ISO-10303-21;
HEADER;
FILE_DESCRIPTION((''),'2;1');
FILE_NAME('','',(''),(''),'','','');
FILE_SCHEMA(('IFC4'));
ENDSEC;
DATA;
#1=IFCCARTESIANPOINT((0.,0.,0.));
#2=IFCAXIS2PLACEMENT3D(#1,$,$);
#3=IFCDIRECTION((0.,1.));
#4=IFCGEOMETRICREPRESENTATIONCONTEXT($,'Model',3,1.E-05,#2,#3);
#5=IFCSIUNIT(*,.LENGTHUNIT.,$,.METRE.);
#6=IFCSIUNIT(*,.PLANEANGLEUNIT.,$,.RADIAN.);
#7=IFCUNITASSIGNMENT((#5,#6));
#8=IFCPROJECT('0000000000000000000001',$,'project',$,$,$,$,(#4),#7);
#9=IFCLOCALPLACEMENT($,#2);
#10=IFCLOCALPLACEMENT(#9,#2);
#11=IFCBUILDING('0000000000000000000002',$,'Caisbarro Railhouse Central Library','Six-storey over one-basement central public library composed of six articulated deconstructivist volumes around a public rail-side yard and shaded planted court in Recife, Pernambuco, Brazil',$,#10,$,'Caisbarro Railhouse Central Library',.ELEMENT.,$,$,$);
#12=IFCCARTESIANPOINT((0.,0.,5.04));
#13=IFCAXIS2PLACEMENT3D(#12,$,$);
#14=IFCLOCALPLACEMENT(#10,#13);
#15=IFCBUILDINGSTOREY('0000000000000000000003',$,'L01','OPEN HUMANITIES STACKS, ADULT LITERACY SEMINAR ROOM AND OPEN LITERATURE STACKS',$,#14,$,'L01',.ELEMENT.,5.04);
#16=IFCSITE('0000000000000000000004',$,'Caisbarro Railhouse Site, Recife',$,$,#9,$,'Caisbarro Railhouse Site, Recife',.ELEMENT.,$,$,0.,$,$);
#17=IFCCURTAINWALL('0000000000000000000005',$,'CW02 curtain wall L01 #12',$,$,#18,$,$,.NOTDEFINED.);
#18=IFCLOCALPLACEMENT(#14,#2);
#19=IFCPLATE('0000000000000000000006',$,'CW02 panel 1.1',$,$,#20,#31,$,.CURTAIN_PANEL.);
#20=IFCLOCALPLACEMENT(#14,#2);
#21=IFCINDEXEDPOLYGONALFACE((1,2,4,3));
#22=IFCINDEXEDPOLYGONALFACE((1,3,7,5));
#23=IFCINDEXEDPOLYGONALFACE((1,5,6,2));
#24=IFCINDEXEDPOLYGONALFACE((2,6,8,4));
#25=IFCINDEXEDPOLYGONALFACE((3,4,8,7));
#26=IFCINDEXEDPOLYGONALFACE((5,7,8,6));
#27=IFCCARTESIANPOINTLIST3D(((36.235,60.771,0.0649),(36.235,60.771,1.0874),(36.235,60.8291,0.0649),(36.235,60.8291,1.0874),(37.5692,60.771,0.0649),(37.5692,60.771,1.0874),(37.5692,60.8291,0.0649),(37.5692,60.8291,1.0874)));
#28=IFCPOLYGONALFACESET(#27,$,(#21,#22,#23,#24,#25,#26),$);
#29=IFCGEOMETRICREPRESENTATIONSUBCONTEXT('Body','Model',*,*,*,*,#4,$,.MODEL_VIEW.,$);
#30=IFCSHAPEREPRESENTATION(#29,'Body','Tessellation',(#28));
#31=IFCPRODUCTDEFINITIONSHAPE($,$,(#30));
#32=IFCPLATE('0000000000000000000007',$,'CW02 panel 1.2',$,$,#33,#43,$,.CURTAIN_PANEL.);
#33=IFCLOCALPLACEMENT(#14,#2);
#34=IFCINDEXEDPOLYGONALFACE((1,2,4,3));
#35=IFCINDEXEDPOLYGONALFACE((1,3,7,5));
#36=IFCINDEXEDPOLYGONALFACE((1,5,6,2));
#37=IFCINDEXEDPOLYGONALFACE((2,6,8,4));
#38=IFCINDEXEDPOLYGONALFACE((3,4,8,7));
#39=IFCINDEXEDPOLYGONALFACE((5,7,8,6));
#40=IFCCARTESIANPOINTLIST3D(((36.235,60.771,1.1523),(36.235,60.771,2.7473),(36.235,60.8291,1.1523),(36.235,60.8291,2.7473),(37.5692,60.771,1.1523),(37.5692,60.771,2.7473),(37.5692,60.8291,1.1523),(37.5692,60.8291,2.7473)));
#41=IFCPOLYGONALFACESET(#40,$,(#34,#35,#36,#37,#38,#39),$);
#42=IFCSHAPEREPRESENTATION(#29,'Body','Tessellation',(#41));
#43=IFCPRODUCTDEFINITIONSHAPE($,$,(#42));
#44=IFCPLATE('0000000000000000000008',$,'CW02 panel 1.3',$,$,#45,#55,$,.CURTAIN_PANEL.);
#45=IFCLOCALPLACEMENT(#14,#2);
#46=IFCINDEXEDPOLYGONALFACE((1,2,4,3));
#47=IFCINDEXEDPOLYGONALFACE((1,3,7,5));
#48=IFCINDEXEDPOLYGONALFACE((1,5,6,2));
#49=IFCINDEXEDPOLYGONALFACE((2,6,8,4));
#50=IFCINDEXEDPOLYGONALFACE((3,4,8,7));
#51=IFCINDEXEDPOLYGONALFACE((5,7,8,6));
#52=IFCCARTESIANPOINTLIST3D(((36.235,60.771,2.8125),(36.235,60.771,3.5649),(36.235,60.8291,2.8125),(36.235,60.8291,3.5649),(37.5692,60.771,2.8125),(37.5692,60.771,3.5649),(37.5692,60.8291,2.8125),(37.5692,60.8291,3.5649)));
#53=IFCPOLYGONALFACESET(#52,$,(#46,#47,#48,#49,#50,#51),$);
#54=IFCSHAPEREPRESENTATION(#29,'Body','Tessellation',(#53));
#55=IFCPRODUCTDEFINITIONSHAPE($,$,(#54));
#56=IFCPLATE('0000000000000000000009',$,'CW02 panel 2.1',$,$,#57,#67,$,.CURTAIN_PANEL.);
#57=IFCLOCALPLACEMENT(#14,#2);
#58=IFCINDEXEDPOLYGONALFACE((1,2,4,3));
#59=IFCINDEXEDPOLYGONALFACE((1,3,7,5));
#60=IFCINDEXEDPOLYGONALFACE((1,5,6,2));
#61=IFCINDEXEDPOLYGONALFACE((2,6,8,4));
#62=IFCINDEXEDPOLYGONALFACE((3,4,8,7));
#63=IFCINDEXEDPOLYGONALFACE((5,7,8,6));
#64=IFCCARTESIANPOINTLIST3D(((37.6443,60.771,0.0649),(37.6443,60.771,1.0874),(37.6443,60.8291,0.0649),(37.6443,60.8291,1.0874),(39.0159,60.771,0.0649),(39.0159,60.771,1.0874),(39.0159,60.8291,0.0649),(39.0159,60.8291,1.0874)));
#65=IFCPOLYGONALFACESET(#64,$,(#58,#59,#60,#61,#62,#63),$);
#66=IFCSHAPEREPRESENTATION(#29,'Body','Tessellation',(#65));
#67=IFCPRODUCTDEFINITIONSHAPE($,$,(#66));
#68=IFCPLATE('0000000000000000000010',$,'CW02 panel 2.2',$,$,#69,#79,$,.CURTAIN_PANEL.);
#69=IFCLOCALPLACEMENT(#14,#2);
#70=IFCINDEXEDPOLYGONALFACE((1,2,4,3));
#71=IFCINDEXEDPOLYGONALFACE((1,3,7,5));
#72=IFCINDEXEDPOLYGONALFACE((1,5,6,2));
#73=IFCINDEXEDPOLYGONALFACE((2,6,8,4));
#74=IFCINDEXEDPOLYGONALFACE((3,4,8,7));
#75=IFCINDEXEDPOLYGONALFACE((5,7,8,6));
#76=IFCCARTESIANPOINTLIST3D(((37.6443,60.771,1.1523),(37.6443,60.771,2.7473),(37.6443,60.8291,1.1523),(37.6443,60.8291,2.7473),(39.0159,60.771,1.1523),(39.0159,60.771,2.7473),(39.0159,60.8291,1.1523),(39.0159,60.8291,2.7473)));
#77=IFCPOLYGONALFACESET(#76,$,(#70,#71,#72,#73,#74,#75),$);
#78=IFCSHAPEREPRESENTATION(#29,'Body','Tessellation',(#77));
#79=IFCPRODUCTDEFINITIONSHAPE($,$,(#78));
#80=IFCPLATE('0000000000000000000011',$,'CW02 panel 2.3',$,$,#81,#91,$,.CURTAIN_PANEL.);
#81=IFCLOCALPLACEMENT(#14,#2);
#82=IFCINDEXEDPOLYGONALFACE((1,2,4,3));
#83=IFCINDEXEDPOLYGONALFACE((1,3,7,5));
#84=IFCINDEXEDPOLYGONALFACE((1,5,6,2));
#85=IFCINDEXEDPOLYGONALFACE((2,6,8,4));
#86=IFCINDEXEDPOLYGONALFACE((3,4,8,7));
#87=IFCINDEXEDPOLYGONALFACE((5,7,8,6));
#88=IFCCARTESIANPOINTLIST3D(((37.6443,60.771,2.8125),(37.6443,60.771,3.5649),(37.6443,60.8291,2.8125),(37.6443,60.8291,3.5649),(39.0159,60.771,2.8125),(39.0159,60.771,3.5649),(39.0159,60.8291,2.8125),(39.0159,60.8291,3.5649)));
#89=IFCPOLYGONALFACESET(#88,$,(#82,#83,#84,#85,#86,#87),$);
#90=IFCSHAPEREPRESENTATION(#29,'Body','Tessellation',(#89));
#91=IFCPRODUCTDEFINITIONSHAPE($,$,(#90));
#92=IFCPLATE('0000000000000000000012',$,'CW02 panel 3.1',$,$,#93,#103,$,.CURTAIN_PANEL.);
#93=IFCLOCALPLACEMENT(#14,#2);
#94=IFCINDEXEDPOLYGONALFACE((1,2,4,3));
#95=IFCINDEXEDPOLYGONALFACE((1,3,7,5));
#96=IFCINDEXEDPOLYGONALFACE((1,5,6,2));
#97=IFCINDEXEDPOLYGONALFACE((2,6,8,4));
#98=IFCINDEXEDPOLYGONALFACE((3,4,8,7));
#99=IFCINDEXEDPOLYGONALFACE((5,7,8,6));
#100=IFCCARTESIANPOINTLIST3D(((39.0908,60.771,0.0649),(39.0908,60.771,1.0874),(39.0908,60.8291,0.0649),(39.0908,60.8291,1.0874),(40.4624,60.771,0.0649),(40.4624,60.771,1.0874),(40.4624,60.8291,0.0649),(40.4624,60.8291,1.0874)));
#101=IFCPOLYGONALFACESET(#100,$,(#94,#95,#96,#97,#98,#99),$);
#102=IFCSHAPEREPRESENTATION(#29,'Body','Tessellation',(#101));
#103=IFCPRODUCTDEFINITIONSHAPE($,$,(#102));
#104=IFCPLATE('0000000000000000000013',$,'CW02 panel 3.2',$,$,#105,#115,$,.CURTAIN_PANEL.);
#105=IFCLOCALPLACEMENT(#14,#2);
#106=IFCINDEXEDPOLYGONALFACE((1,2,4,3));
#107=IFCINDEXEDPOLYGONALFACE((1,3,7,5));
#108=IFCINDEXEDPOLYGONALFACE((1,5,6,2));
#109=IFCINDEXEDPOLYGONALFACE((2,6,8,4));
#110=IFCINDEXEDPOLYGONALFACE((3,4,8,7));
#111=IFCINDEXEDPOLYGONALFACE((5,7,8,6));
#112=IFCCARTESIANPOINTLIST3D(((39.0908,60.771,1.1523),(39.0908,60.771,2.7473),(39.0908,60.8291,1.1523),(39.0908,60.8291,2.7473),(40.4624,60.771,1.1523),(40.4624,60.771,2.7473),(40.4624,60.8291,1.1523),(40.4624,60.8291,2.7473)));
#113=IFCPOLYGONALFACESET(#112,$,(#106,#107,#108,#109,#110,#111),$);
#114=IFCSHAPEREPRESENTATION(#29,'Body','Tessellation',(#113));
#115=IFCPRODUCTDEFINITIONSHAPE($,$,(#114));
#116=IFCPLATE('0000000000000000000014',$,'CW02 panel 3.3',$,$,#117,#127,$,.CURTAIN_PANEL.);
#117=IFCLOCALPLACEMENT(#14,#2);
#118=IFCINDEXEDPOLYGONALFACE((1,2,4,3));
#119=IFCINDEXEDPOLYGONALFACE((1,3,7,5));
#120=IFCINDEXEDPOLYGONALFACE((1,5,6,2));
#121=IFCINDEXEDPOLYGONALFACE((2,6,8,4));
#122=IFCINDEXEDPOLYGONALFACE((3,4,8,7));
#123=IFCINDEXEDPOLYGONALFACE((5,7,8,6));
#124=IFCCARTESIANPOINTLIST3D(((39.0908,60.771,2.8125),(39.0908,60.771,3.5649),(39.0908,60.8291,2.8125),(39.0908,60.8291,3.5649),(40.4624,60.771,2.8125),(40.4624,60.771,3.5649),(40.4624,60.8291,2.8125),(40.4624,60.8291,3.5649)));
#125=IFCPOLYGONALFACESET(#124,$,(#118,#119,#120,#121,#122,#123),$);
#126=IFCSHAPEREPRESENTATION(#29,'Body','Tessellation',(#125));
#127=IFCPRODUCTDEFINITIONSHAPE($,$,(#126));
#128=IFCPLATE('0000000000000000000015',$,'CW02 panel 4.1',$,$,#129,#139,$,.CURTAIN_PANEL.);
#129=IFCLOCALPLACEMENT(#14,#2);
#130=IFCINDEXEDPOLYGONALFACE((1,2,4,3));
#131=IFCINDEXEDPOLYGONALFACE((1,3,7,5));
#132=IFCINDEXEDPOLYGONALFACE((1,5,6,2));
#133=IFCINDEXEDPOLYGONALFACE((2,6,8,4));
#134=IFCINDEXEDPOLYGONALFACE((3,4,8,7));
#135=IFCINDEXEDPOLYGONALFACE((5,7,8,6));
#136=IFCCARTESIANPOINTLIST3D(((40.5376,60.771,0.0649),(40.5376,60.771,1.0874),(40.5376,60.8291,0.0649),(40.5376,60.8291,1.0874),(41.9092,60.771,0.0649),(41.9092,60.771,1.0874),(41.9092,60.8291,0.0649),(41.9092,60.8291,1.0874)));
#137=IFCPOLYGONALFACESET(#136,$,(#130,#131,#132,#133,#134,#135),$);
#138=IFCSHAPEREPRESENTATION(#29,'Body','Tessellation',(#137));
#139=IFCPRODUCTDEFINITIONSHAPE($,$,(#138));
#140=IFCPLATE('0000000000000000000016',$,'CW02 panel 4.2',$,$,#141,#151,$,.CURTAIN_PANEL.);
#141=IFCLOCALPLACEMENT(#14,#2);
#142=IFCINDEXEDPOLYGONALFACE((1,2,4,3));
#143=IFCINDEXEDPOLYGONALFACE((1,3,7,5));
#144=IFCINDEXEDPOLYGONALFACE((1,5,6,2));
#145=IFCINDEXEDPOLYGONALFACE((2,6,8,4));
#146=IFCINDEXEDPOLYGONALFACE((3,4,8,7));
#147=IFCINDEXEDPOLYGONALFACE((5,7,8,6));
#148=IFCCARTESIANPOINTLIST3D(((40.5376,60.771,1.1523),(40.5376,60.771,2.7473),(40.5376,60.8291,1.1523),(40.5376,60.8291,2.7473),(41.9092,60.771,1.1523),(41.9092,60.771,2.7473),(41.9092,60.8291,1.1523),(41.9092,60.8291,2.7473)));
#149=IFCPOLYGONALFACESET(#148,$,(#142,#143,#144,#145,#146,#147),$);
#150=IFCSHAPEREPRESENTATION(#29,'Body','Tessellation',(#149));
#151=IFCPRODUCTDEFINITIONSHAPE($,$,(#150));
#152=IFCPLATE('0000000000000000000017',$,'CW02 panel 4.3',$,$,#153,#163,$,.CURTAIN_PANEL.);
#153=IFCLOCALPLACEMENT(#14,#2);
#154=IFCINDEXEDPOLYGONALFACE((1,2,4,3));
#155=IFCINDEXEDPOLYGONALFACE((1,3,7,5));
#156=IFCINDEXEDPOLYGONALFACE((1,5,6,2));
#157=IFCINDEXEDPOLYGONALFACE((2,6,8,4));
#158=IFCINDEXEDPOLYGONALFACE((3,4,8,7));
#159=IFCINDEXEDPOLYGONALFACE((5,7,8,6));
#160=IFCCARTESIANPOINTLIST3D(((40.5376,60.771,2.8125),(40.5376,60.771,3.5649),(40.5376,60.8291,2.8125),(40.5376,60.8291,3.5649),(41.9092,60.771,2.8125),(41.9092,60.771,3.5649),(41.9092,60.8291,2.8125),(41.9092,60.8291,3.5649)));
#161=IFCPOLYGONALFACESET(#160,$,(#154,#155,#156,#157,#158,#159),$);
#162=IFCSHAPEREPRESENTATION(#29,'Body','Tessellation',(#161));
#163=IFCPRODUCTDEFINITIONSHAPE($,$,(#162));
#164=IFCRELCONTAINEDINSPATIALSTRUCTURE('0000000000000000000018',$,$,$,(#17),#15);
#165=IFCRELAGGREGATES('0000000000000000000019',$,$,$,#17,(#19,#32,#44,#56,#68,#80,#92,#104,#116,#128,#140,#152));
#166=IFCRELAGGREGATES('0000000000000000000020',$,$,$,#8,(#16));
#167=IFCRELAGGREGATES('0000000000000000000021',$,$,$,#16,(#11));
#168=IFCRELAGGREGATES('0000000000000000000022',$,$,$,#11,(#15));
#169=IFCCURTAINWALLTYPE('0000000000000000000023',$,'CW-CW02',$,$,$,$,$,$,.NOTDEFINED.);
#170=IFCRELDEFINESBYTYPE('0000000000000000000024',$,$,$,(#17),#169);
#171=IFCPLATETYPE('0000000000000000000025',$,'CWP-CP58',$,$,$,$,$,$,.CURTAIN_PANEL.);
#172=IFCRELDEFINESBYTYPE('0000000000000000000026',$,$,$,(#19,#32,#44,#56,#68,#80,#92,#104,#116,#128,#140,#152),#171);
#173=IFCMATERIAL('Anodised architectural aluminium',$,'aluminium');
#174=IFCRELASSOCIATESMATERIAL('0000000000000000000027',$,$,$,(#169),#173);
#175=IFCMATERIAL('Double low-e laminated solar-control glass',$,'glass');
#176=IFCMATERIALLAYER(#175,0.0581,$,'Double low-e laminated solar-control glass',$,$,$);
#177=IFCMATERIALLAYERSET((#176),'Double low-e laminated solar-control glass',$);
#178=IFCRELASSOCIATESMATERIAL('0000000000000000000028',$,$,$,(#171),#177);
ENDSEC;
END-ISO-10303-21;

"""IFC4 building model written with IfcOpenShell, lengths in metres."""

from ifc_helpers import new_model, si_unit, direction, frame, origin, origin_2d, place, context, subcontext, project, spatial, rectangle, extrude, material, layer, layer_set, type_object, element, aggregate, save


model = new_model("IFC4")

# Units and contexts
model_context = context("Model", 3, precision=1e-05, world=origin(), true_north=direction((0.0, 1.0)))
body_context = subcontext(model_context, "Body", "Model", "MODEL_VIEW")
ifc_project = project(units=[si_unit("LENGTHUNIT", "METRE"), si_unit("PLANEANGLEUNIT", "RADIAN")], contexts=[model_context])

# Site, building, storey
site_placement = place(None, origin())
site = spatial("IfcSite", under=ifc_project, at=site_placement, Name="Caisbarro Railhouse Site, Recife", LongName="Caisbarro Railhouse Site, Recife", CompositionType="ELEMENT", RefElevation=0.0)
building_placement = place(site_placement, origin())
building = spatial("IfcBuilding", under=site, at=building_placement, Name="Caisbarro Railhouse Central Library", Description="Six-storey over one-basement central public library composed of six articulated deconstructivist volumes around a public rail-side yard and shaded planted court in Recife, Pernambuco, Brazil", LongName="Caisbarro Railhouse Central Library", CompositionType="ELEMENT")
storey_placement = place(building_placement, frame((0.0, 0.0, 5.04)))
storey = spatial("IfcBuildingStorey", under=building, at=storey_placement, Name="L01", Description="OPEN HUMANITIES STACKS, ADULT LITERACY SEMINAR ROOM AND OPEN LITERATURE STACKS", LongName="L01", CompositionType="ELEMENT", Elevation=5.04)

# Curtain wall, plates
ifc_material_1 = material(Name="Anodised architectural aluminium", Category="aluminium")
curtain_wall_type = type_object("IfcCurtainWallType", Name="CW-CW02", PredefinedType="NOTDEFINED", material=ifc_material_1)
curtain_wall_placement = place(storey_placement, origin())
curtain_wall = element("IfcCurtainWall", 1, at=curtain_wall_placement, inside=storey, type_object=curtain_wall_type, Name="CW02 curtain wall L01 #12", PredefinedType="NOTDEFINED")
ifc_material_2 = material(Name="Double low-e laminated solar-control glass", Category="glass")
ifc_layer = layer(ifc_material_2, 0.0581, Name="Double low-e laminated solar-control glass")
ifc_layer_set = layer_set([ifc_layer], Name="Double low-e laminated solar-control glass")
plate_type = type_object("IfcPlateType", Name="CWP-CP58", PredefinedType="CURTAIN_PANEL", material=ifc_layer_set)
plate_1_placement = place(storey_placement, frame((36.9021, 60.8, 0.0649), z_axis=(0.0, 0.0, 1.0), x_axis=(1.0, 0.0, 0.0)))
plate_1 = element("IfcPlate", 2, at=plate_1_placement, type_object=plate_type, Name="CW02 panel 1.1", PredefinedType="CURTAIN_PANEL", context=body_context, shape_type="SweptSolid", body=[
    extrude(rectangle(XDim=1.3342, YDim=0.0581, at=origin_2d()), origin(), (0.0, 0.0, 1.0), 1.0225),
])
plate_2_placement = place(storey_placement, frame((36.9021, 60.8, 1.1523), z_axis=(0.0, 0.0, 1.0), x_axis=(1.0, 0.0, 0.0)))
plate_2 = element("IfcPlate", 3, at=plate_2_placement, type_object=plate_type, Name="CW02 panel 1.2", PredefinedType="CURTAIN_PANEL", context=body_context, shape_type="SweptSolid", body=[
    extrude(rectangle(XDim=1.3342, YDim=0.0581, at=origin_2d()), origin(), (0.0, 0.0, 1.0), 1.595),
])
plate_3_placement = place(storey_placement, frame((36.9021, 60.8, 2.8125), z_axis=(0.0, 0.0, 1.0), x_axis=(1.0, 0.0, 0.0)))
plate_3 = element("IfcPlate", 4, at=plate_3_placement, type_object=plate_type, Name="CW02 panel 1.3", PredefinedType="CURTAIN_PANEL", context=body_context, shape_type="SweptSolid", body=[
    extrude(rectangle(XDim=1.3342, YDim=0.0581, at=origin_2d()), origin(), (0.0, 0.0, 1.0), 0.7524),
])
plate_4_placement = place(storey_placement, frame((38.3301, 60.8, 0.0649), z_axis=(0.0, 0.0, 1.0), x_axis=(1.0, 0.0, 0.0)))
plate_4 = element("IfcPlate", 5, at=plate_4_placement, type_object=plate_type, Name="CW02 panel 2.1", PredefinedType="CURTAIN_PANEL", context=body_context, shape_type="SweptSolid", body=[
    extrude(rectangle(XDim=1.3716, YDim=0.0581, at=origin_2d()), origin(), (0.0, 0.0, 1.0), 1.0225),
])
plate_5_placement = place(storey_placement, frame((38.3301, 60.8, 1.1523), z_axis=(0.0, 0.0, 1.0), x_axis=(1.0, 0.0, 0.0)))
plate_5 = element("IfcPlate", 6, at=plate_5_placement, type_object=plate_type, Name="CW02 panel 2.2", PredefinedType="CURTAIN_PANEL", context=body_context, shape_type="SweptSolid", body=[
    extrude(rectangle(XDim=1.3716, YDim=0.0581, at=origin_2d()), origin(), (0.0, 0.0, 1.0), 1.595),
])
plate_6_placement = place(storey_placement, frame((38.3301, 60.8, 2.8125), z_axis=(0.0, 0.0, 1.0), x_axis=(1.0, 0.0, 0.0)))
plate_6 = element("IfcPlate", 7, at=plate_6_placement, type_object=plate_type, Name="CW02 panel 2.3", PredefinedType="CURTAIN_PANEL", context=body_context, shape_type="SweptSolid", body=[
    extrude(rectangle(XDim=1.3716, YDim=0.0581, at=origin_2d()), origin(), (0.0, 0.0, 1.0), 0.7524),
])
plate_7_placement = place(storey_placement, frame((39.7766, 60.8, 0.0649), z_axis=(0.0, 0.0, 1.0), x_axis=(1.0, 0.0, 0.0)))
plate_7 = element("IfcPlate", 8, at=plate_7_placement, type_object=plate_type, Name="CW02 panel 3.1", PredefinedType="CURTAIN_PANEL", context=body_context, shape_type="SweptSolid", body=[
    extrude(rectangle(XDim=1.3716, YDim=0.0581, at=origin_2d()), origin(), (0.0, 0.0, 1.0), 1.0225),
])
plate_8_placement = place(storey_placement, frame((39.7766, 60.8, 1.1523), z_axis=(0.0, 0.0, 1.0), x_axis=(1.0, 0.0, 0.0)))
plate_8 = element("IfcPlate", 9, at=plate_8_placement, type_object=plate_type, Name="CW02 panel 3.2", PredefinedType="CURTAIN_PANEL", context=body_context, shape_type="SweptSolid", body=[
    extrude(rectangle(XDim=1.3716, YDim=0.0581, at=origin_2d()), origin(), (0.0, 0.0, 1.0), 1.595),
])
plate_9_placement = place(storey_placement, frame((39.7766, 60.8, 2.8125), z_axis=(0.0, 0.0, 1.0), x_axis=(1.0, 0.0, 0.0)))
plate_9 = element("IfcPlate", 10, at=plate_9_placement, type_object=plate_type, Name="CW02 panel 3.3", PredefinedType="CURTAIN_PANEL", context=body_context, shape_type="SweptSolid", body=[
    extrude(rectangle(XDim=1.3716, YDim=0.0581, at=origin_2d()), origin(), (0.0, 0.0, 1.0), 0.7524),
])
plate_10_placement = place(storey_placement, frame((41.2234, 60.8, 0.0649), z_axis=(0.0, 0.0, 1.0), x_axis=(1.0, 0.0, 0.0)))
plate_10 = element("IfcPlate", 11, at=plate_10_placement, type_object=plate_type, Name="CW02 panel 4.1", PredefinedType="CURTAIN_PANEL", context=body_context, shape_type="SweptSolid", body=[
    extrude(rectangle(XDim=1.3716, YDim=0.0581, at=origin_2d()), origin(), (0.0, 0.0, 1.0), 1.0225),
])
plate_11_placement = place(storey_placement, frame((41.2234, 60.8, 1.1523), z_axis=(0.0, 0.0, 1.0), x_axis=(1.0, 0.0, 0.0)))
plate_11 = element("IfcPlate", 12, at=plate_11_placement, type_object=plate_type, Name="CW02 panel 4.2", PredefinedType="CURTAIN_PANEL", context=body_context, shape_type="SweptSolid", body=[
    extrude(rectangle(XDim=1.3716, YDim=0.0581, at=origin_2d()), origin(), (0.0, 0.0, 1.0), 1.595),
])
plate_12_placement = place(storey_placement, frame((41.2234, 60.8, 2.8125), z_axis=(0.0, 0.0, 1.0), x_axis=(1.0, 0.0, 0.0)))
plate_12 = element("IfcPlate", 13, at=plate_12_placement, type_object=plate_type, Name="CW02 panel 4.3", PredefinedType="CURTAIN_PANEL", context=body_context, shape_type="SweptSolid", body=[
    extrude(rectangle(XDim=1.3716, YDim=0.0581, at=origin_2d()), origin(), (0.0, 0.0, 1.0), 0.7524),
])
aggregate(curtain_wall, [plate_1, plate_2, plate_3, plate_4, plate_5, plate_6, plate_7, plate_8, plate_9, plate_10, plate_11, plate_12])

save(model, "model.ifc")
